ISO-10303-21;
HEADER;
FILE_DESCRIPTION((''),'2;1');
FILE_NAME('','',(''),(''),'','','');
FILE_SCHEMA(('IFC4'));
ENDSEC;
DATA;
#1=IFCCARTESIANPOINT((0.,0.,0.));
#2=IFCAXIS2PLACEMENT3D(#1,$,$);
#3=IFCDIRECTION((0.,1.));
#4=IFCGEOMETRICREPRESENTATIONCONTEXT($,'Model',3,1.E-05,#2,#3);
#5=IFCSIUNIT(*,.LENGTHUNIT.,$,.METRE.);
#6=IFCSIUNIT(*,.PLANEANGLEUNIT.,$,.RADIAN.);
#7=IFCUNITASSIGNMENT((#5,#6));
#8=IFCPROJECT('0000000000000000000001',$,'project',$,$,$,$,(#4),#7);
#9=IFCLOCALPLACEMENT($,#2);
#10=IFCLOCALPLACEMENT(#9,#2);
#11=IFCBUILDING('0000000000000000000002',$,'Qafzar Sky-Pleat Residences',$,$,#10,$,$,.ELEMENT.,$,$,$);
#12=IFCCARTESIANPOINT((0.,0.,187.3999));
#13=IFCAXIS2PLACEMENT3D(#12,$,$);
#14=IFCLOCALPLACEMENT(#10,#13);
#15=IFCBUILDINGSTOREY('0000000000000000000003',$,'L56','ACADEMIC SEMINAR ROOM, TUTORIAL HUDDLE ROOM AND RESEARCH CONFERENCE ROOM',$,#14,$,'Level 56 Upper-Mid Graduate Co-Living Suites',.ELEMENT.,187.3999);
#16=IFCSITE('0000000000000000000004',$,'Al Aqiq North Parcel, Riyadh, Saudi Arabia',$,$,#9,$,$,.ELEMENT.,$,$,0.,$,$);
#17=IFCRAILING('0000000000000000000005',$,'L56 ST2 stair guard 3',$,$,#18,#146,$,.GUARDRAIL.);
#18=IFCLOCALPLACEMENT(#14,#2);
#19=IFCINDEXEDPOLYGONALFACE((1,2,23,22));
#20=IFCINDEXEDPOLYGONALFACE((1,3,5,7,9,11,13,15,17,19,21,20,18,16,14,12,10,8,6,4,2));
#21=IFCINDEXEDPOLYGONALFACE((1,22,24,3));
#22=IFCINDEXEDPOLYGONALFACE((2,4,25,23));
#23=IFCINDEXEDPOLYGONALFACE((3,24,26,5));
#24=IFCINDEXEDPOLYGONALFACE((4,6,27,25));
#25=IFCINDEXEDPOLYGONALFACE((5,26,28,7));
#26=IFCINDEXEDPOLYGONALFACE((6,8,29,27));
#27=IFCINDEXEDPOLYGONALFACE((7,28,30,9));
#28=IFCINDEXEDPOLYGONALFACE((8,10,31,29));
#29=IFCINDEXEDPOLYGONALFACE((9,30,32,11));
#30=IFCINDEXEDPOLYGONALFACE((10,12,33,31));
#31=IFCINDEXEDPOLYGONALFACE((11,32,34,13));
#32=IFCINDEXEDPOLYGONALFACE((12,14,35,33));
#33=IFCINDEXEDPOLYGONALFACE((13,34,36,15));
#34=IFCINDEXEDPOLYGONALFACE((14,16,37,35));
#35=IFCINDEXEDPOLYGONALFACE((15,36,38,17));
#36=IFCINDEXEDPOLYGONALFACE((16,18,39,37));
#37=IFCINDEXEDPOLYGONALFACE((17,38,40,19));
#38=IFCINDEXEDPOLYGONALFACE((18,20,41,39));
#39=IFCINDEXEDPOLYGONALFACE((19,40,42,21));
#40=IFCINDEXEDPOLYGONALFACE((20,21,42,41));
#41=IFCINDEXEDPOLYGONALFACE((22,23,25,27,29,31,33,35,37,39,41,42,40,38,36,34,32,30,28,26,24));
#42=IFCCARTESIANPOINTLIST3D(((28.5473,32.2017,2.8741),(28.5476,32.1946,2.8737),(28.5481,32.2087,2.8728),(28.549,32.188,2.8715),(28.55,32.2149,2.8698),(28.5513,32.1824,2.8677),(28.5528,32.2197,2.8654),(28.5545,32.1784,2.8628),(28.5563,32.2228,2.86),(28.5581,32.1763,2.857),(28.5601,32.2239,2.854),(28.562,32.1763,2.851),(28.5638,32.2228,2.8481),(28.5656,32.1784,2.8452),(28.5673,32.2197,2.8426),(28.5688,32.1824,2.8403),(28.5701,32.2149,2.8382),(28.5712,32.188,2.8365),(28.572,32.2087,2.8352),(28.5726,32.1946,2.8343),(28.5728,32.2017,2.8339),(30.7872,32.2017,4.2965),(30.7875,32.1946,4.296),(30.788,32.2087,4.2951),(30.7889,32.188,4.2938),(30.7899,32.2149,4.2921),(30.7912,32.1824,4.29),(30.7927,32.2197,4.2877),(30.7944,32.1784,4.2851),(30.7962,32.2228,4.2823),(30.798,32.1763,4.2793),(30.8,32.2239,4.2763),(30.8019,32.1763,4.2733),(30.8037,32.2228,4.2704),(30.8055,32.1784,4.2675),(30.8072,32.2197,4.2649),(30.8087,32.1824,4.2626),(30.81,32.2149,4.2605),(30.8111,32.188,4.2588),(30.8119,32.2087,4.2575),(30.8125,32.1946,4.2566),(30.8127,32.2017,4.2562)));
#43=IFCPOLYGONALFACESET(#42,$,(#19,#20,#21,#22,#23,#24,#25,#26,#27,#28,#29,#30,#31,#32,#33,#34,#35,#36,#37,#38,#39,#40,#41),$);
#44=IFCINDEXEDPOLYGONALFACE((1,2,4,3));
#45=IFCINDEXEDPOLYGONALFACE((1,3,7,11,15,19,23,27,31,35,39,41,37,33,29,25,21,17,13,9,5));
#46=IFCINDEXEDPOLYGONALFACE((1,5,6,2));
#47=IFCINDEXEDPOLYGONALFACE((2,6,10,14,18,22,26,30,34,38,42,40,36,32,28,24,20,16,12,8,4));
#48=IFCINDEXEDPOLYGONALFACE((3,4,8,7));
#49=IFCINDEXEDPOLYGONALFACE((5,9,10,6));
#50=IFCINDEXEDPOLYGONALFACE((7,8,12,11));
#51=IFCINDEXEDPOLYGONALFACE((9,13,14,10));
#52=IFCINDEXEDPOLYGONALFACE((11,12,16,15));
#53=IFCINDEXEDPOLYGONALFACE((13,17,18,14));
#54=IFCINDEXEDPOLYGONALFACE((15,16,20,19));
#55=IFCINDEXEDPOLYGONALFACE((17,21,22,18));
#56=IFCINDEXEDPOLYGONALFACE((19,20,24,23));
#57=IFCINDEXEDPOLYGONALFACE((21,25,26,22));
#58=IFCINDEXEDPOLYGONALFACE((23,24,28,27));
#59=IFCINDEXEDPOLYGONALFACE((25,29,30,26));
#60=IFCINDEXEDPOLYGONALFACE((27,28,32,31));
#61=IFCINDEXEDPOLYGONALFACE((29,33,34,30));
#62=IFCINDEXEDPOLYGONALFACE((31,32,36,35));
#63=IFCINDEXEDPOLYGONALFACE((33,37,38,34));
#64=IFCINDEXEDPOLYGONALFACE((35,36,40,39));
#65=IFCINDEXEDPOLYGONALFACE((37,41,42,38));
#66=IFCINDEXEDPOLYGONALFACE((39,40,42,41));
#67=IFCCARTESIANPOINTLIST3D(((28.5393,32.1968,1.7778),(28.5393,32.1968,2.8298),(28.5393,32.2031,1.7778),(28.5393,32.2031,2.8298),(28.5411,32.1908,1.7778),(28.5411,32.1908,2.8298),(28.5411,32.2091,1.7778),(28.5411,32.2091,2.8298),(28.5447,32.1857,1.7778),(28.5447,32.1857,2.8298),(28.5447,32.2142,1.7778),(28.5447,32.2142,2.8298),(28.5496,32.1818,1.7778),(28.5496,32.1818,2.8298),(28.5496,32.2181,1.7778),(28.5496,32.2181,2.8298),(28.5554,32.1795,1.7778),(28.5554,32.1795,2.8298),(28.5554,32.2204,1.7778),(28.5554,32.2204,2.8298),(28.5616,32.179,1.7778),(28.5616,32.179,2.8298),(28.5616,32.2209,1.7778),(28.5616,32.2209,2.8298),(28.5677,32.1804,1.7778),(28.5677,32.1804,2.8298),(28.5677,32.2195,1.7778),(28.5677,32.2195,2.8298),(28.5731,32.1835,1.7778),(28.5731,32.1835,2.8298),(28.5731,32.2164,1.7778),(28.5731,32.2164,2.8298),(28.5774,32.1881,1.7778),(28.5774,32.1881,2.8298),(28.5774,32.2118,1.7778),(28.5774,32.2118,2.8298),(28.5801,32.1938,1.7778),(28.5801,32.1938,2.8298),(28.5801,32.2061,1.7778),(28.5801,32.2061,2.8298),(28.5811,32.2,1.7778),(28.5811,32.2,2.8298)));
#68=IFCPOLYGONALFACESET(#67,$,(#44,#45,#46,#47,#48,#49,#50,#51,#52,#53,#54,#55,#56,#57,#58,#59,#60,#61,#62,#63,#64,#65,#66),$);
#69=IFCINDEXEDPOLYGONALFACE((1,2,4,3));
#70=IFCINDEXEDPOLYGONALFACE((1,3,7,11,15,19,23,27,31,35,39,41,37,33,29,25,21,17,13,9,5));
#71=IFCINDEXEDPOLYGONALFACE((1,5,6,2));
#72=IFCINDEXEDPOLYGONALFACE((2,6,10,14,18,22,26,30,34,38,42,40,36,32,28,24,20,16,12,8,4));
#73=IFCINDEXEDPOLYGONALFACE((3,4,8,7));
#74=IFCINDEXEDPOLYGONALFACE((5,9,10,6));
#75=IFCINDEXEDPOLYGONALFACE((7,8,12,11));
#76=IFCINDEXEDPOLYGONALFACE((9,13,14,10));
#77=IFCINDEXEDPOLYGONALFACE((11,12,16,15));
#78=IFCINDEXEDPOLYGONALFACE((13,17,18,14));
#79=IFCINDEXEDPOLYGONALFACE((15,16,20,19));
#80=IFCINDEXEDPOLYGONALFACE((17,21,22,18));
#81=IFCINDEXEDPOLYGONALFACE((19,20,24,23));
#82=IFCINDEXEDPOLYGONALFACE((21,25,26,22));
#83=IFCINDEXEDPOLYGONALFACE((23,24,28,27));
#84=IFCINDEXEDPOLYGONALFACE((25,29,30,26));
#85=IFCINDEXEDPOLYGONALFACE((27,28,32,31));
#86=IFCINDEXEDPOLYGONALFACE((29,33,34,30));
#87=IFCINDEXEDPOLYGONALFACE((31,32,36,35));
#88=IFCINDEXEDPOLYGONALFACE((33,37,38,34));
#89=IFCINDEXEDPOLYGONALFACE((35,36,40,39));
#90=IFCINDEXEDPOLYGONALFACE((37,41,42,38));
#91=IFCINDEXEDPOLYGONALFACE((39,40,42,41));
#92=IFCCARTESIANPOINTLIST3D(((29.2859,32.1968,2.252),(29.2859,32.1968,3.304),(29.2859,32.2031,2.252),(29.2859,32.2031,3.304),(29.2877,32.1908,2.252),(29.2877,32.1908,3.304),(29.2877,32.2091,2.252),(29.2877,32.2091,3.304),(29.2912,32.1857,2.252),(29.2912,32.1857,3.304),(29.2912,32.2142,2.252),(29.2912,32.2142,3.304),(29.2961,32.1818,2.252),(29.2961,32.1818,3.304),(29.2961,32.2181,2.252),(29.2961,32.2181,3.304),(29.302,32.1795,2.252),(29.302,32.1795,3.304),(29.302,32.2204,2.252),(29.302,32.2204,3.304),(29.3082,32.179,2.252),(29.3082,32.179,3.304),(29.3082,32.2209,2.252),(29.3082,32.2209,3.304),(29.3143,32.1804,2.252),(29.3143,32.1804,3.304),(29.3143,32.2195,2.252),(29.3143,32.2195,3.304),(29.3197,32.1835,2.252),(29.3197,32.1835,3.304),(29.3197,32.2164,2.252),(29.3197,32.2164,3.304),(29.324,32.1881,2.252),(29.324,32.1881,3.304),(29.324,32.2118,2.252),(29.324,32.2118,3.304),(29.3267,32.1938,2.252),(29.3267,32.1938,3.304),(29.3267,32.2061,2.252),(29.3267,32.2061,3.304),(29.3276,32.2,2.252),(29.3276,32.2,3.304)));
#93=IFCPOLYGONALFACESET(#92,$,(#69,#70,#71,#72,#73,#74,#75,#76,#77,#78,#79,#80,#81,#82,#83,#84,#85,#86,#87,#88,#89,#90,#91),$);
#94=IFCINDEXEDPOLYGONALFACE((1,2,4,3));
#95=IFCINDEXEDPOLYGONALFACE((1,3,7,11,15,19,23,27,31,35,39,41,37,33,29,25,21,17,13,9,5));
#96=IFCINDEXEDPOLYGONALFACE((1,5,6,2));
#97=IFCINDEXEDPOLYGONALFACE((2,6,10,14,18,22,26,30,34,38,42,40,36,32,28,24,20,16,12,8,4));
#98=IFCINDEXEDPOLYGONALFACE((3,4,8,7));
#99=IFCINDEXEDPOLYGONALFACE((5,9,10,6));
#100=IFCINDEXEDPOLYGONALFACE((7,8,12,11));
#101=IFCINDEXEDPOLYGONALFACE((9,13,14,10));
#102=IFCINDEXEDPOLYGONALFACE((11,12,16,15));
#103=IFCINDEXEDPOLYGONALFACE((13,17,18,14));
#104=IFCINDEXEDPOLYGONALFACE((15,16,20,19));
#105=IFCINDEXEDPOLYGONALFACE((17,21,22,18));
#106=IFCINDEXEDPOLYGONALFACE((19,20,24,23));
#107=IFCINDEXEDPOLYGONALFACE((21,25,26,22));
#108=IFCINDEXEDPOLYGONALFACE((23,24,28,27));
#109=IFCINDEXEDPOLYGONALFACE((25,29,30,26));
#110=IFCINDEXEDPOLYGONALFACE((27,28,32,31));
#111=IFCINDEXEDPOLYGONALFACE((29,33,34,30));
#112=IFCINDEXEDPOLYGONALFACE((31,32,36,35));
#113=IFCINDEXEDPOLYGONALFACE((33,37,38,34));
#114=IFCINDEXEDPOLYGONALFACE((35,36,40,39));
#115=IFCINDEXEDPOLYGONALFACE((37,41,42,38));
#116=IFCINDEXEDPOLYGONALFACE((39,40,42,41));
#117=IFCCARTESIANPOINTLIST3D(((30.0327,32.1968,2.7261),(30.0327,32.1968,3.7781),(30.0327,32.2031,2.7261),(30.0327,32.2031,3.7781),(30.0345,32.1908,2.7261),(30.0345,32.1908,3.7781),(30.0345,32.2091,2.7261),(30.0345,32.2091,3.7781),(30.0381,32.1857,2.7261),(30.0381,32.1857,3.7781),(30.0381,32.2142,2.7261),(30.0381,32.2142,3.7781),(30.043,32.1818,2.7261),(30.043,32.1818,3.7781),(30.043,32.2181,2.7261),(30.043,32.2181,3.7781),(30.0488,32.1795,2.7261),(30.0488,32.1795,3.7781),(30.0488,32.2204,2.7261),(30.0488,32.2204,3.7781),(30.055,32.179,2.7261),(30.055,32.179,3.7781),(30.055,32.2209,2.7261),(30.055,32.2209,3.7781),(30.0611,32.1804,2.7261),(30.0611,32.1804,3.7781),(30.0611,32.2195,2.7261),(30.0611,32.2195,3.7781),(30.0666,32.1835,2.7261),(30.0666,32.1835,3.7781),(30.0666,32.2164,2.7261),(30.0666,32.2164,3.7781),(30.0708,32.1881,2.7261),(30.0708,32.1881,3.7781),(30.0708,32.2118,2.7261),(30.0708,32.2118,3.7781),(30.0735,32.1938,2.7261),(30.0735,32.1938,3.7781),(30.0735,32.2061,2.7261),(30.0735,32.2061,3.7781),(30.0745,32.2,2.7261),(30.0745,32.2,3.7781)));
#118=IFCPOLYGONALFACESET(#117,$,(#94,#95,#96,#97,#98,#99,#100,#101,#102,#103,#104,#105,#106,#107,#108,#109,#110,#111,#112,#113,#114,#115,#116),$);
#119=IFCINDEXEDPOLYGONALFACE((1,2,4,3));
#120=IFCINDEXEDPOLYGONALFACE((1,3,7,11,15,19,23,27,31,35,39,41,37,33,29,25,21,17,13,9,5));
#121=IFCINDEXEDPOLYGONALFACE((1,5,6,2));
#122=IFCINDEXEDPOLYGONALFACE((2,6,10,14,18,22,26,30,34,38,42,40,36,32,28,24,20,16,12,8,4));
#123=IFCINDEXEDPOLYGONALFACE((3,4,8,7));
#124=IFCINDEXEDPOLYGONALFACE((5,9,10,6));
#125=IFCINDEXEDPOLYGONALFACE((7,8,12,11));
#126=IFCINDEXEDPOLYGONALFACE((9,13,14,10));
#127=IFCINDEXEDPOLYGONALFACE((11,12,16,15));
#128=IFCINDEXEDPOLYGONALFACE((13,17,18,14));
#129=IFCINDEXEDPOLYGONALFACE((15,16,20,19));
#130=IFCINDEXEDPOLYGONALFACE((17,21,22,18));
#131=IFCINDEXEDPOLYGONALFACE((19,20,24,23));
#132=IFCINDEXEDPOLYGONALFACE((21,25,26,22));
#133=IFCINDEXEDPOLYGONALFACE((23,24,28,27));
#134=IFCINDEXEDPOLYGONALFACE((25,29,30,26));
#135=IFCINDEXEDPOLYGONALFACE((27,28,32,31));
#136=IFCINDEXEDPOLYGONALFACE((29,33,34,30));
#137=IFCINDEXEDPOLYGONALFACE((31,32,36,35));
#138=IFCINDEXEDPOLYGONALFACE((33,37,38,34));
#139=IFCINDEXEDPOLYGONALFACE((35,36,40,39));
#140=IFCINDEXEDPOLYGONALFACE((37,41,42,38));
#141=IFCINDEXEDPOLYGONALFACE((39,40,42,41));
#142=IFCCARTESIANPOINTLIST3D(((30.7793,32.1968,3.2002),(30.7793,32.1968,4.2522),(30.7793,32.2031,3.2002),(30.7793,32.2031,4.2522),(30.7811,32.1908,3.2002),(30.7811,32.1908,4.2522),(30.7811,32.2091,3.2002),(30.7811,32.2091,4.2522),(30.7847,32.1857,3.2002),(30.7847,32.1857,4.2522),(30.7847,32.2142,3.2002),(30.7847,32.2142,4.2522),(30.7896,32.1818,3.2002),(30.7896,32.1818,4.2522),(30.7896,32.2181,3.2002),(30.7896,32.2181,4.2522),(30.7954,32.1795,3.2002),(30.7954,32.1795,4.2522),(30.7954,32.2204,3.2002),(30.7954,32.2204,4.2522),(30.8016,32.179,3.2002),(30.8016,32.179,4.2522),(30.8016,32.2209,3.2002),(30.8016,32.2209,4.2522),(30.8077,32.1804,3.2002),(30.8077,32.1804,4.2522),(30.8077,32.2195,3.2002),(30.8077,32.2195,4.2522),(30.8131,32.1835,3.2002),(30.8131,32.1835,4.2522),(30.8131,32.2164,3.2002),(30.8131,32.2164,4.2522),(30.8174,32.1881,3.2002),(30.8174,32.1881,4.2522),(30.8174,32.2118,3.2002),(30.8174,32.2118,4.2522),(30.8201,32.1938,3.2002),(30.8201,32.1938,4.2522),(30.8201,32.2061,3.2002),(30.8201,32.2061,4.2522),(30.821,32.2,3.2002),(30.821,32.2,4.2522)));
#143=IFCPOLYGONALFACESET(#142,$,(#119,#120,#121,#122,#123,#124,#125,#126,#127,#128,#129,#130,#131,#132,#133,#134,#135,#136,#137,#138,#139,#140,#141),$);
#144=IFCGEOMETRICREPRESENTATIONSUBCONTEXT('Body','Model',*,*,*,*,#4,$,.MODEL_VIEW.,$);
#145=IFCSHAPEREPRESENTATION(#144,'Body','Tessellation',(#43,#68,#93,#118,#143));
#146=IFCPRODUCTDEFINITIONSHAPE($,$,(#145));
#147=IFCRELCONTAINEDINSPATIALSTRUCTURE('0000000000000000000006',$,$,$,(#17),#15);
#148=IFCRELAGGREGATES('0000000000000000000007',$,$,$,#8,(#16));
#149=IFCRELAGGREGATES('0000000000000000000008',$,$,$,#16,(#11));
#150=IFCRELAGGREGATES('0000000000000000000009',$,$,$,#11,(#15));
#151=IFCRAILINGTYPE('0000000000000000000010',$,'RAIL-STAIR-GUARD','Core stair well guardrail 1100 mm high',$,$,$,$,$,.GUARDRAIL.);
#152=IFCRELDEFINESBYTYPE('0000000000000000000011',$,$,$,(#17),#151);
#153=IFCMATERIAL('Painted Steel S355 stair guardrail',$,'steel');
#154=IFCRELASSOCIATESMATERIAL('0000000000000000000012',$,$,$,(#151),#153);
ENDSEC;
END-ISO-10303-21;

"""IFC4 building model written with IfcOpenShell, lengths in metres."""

from ifc_helpers import new_model, si_unit, direction, frame, origin, origin_2d, place, context, subcontext, project, spatial, circle, extrude, source, transform, mapped, material, type_object, element, save


model = new_model("IFC4")

# Units and contexts
model_context = context("Model", 3, precision=1e-05, world=origin(), true_north=direction((0.0, 1.0)))
body_context = subcontext(model_context, "Body", "Model", "MODEL_VIEW")
ifc_project = project(units=[si_unit("LENGTHUNIT", "METRE"), si_unit("PLANEANGLEUNIT", "RADIAN")], contexts=[model_context])

# Site, building, storey
site_placement = place(None, origin())
site = spatial("IfcSite", under=ifc_project, at=site_placement, Name="Al Aqiq North Parcel, Riyadh, Saudi Arabia", CompositionType="ELEMENT", RefElevation=0.0)
building_placement = place(site_placement, origin())
building = spatial("IfcBuilding", under=site, at=building_placement, Name="Qafzar Sky-Pleat Residences", CompositionType="ELEMENT")
storey_placement = place(building_placement, frame((0.0, 0.0, 187.3999)))
storey = spatial("IfcBuildingStorey", under=building, at=storey_placement, Name="L56", Description="ACADEMIC SEMINAR ROOM, TUTORIAL HUDDLE ROOM AND RESEARCH CONFERENCE ROOM", LongName="Level 56 Upper-Mid Graduate Co-Living Suites", CompositionType="ELEMENT", Elevation=187.3999)

# Railing
ifc_material_1 = material(Name="Painted Steel S355 stair guardrail", Category="steel")
railing_type_1 = type_object("IfcRailingType", Name="RAIL-STAIR-GUARD", Description="Core stair well guardrail 1100 mm high", PredefinedType="GUARDRAIL", material=ifc_material_1)
shared_shape_1 = source(origin(), body_context, "Body", "SweptSolid", [
    extrude(circle(Radius=0.0239, at=origin_2d()), frame((0.0, 0.0, 1.0762), z_axis=(0.844188, 0.0, 0.536048), x_axis=(0.0, 1.0, 0.0)), (0.0, 0.0, 1.0), 2.6533),
    extrude(circle(Radius=0.021, at=origin_2d()), origin(), (0.0, 0.0, 1.0), 1.052),
    extrude(circle(Radius=0.021, at=origin_2d()), frame((0.7466, 0.0, 0.4741)), (0.0, 0.0, 1.0), 1.052),
    extrude(circle(Radius=0.021, at=origin_2d()), frame((1.4934, 0.0, 0.9482)), (0.0, 0.0, 1.0), 1.052),
    extrude(circle(Radius=0.021, at=origin_2d()), frame((2.24, 0.0, 1.4224)), (0.0, 0.0, 1.0), 1.052),
])
railing_1_placement = place(storey_placement, frame((28.5601, 32.2, 1.7778)))
element("IfcRailing", 1, at=railing_1_placement, inside=storey, type_object=railing_type_1, Name="L56 ST2 stair guard 3", PredefinedType="GUARDRAIL", context=body_context, shape_type="MappedRepresentation", body=[
    mapped(shared_shape_1, transform((0.0, 0.0, 0.0), x_axis=(1.0, 0.0, 0.0), y_axis=(0.0, 1.0, 0.0), z_axis=(0.0, 0.0, 1.0), scale=1.0)),
])

save(model, "model.ifc")
